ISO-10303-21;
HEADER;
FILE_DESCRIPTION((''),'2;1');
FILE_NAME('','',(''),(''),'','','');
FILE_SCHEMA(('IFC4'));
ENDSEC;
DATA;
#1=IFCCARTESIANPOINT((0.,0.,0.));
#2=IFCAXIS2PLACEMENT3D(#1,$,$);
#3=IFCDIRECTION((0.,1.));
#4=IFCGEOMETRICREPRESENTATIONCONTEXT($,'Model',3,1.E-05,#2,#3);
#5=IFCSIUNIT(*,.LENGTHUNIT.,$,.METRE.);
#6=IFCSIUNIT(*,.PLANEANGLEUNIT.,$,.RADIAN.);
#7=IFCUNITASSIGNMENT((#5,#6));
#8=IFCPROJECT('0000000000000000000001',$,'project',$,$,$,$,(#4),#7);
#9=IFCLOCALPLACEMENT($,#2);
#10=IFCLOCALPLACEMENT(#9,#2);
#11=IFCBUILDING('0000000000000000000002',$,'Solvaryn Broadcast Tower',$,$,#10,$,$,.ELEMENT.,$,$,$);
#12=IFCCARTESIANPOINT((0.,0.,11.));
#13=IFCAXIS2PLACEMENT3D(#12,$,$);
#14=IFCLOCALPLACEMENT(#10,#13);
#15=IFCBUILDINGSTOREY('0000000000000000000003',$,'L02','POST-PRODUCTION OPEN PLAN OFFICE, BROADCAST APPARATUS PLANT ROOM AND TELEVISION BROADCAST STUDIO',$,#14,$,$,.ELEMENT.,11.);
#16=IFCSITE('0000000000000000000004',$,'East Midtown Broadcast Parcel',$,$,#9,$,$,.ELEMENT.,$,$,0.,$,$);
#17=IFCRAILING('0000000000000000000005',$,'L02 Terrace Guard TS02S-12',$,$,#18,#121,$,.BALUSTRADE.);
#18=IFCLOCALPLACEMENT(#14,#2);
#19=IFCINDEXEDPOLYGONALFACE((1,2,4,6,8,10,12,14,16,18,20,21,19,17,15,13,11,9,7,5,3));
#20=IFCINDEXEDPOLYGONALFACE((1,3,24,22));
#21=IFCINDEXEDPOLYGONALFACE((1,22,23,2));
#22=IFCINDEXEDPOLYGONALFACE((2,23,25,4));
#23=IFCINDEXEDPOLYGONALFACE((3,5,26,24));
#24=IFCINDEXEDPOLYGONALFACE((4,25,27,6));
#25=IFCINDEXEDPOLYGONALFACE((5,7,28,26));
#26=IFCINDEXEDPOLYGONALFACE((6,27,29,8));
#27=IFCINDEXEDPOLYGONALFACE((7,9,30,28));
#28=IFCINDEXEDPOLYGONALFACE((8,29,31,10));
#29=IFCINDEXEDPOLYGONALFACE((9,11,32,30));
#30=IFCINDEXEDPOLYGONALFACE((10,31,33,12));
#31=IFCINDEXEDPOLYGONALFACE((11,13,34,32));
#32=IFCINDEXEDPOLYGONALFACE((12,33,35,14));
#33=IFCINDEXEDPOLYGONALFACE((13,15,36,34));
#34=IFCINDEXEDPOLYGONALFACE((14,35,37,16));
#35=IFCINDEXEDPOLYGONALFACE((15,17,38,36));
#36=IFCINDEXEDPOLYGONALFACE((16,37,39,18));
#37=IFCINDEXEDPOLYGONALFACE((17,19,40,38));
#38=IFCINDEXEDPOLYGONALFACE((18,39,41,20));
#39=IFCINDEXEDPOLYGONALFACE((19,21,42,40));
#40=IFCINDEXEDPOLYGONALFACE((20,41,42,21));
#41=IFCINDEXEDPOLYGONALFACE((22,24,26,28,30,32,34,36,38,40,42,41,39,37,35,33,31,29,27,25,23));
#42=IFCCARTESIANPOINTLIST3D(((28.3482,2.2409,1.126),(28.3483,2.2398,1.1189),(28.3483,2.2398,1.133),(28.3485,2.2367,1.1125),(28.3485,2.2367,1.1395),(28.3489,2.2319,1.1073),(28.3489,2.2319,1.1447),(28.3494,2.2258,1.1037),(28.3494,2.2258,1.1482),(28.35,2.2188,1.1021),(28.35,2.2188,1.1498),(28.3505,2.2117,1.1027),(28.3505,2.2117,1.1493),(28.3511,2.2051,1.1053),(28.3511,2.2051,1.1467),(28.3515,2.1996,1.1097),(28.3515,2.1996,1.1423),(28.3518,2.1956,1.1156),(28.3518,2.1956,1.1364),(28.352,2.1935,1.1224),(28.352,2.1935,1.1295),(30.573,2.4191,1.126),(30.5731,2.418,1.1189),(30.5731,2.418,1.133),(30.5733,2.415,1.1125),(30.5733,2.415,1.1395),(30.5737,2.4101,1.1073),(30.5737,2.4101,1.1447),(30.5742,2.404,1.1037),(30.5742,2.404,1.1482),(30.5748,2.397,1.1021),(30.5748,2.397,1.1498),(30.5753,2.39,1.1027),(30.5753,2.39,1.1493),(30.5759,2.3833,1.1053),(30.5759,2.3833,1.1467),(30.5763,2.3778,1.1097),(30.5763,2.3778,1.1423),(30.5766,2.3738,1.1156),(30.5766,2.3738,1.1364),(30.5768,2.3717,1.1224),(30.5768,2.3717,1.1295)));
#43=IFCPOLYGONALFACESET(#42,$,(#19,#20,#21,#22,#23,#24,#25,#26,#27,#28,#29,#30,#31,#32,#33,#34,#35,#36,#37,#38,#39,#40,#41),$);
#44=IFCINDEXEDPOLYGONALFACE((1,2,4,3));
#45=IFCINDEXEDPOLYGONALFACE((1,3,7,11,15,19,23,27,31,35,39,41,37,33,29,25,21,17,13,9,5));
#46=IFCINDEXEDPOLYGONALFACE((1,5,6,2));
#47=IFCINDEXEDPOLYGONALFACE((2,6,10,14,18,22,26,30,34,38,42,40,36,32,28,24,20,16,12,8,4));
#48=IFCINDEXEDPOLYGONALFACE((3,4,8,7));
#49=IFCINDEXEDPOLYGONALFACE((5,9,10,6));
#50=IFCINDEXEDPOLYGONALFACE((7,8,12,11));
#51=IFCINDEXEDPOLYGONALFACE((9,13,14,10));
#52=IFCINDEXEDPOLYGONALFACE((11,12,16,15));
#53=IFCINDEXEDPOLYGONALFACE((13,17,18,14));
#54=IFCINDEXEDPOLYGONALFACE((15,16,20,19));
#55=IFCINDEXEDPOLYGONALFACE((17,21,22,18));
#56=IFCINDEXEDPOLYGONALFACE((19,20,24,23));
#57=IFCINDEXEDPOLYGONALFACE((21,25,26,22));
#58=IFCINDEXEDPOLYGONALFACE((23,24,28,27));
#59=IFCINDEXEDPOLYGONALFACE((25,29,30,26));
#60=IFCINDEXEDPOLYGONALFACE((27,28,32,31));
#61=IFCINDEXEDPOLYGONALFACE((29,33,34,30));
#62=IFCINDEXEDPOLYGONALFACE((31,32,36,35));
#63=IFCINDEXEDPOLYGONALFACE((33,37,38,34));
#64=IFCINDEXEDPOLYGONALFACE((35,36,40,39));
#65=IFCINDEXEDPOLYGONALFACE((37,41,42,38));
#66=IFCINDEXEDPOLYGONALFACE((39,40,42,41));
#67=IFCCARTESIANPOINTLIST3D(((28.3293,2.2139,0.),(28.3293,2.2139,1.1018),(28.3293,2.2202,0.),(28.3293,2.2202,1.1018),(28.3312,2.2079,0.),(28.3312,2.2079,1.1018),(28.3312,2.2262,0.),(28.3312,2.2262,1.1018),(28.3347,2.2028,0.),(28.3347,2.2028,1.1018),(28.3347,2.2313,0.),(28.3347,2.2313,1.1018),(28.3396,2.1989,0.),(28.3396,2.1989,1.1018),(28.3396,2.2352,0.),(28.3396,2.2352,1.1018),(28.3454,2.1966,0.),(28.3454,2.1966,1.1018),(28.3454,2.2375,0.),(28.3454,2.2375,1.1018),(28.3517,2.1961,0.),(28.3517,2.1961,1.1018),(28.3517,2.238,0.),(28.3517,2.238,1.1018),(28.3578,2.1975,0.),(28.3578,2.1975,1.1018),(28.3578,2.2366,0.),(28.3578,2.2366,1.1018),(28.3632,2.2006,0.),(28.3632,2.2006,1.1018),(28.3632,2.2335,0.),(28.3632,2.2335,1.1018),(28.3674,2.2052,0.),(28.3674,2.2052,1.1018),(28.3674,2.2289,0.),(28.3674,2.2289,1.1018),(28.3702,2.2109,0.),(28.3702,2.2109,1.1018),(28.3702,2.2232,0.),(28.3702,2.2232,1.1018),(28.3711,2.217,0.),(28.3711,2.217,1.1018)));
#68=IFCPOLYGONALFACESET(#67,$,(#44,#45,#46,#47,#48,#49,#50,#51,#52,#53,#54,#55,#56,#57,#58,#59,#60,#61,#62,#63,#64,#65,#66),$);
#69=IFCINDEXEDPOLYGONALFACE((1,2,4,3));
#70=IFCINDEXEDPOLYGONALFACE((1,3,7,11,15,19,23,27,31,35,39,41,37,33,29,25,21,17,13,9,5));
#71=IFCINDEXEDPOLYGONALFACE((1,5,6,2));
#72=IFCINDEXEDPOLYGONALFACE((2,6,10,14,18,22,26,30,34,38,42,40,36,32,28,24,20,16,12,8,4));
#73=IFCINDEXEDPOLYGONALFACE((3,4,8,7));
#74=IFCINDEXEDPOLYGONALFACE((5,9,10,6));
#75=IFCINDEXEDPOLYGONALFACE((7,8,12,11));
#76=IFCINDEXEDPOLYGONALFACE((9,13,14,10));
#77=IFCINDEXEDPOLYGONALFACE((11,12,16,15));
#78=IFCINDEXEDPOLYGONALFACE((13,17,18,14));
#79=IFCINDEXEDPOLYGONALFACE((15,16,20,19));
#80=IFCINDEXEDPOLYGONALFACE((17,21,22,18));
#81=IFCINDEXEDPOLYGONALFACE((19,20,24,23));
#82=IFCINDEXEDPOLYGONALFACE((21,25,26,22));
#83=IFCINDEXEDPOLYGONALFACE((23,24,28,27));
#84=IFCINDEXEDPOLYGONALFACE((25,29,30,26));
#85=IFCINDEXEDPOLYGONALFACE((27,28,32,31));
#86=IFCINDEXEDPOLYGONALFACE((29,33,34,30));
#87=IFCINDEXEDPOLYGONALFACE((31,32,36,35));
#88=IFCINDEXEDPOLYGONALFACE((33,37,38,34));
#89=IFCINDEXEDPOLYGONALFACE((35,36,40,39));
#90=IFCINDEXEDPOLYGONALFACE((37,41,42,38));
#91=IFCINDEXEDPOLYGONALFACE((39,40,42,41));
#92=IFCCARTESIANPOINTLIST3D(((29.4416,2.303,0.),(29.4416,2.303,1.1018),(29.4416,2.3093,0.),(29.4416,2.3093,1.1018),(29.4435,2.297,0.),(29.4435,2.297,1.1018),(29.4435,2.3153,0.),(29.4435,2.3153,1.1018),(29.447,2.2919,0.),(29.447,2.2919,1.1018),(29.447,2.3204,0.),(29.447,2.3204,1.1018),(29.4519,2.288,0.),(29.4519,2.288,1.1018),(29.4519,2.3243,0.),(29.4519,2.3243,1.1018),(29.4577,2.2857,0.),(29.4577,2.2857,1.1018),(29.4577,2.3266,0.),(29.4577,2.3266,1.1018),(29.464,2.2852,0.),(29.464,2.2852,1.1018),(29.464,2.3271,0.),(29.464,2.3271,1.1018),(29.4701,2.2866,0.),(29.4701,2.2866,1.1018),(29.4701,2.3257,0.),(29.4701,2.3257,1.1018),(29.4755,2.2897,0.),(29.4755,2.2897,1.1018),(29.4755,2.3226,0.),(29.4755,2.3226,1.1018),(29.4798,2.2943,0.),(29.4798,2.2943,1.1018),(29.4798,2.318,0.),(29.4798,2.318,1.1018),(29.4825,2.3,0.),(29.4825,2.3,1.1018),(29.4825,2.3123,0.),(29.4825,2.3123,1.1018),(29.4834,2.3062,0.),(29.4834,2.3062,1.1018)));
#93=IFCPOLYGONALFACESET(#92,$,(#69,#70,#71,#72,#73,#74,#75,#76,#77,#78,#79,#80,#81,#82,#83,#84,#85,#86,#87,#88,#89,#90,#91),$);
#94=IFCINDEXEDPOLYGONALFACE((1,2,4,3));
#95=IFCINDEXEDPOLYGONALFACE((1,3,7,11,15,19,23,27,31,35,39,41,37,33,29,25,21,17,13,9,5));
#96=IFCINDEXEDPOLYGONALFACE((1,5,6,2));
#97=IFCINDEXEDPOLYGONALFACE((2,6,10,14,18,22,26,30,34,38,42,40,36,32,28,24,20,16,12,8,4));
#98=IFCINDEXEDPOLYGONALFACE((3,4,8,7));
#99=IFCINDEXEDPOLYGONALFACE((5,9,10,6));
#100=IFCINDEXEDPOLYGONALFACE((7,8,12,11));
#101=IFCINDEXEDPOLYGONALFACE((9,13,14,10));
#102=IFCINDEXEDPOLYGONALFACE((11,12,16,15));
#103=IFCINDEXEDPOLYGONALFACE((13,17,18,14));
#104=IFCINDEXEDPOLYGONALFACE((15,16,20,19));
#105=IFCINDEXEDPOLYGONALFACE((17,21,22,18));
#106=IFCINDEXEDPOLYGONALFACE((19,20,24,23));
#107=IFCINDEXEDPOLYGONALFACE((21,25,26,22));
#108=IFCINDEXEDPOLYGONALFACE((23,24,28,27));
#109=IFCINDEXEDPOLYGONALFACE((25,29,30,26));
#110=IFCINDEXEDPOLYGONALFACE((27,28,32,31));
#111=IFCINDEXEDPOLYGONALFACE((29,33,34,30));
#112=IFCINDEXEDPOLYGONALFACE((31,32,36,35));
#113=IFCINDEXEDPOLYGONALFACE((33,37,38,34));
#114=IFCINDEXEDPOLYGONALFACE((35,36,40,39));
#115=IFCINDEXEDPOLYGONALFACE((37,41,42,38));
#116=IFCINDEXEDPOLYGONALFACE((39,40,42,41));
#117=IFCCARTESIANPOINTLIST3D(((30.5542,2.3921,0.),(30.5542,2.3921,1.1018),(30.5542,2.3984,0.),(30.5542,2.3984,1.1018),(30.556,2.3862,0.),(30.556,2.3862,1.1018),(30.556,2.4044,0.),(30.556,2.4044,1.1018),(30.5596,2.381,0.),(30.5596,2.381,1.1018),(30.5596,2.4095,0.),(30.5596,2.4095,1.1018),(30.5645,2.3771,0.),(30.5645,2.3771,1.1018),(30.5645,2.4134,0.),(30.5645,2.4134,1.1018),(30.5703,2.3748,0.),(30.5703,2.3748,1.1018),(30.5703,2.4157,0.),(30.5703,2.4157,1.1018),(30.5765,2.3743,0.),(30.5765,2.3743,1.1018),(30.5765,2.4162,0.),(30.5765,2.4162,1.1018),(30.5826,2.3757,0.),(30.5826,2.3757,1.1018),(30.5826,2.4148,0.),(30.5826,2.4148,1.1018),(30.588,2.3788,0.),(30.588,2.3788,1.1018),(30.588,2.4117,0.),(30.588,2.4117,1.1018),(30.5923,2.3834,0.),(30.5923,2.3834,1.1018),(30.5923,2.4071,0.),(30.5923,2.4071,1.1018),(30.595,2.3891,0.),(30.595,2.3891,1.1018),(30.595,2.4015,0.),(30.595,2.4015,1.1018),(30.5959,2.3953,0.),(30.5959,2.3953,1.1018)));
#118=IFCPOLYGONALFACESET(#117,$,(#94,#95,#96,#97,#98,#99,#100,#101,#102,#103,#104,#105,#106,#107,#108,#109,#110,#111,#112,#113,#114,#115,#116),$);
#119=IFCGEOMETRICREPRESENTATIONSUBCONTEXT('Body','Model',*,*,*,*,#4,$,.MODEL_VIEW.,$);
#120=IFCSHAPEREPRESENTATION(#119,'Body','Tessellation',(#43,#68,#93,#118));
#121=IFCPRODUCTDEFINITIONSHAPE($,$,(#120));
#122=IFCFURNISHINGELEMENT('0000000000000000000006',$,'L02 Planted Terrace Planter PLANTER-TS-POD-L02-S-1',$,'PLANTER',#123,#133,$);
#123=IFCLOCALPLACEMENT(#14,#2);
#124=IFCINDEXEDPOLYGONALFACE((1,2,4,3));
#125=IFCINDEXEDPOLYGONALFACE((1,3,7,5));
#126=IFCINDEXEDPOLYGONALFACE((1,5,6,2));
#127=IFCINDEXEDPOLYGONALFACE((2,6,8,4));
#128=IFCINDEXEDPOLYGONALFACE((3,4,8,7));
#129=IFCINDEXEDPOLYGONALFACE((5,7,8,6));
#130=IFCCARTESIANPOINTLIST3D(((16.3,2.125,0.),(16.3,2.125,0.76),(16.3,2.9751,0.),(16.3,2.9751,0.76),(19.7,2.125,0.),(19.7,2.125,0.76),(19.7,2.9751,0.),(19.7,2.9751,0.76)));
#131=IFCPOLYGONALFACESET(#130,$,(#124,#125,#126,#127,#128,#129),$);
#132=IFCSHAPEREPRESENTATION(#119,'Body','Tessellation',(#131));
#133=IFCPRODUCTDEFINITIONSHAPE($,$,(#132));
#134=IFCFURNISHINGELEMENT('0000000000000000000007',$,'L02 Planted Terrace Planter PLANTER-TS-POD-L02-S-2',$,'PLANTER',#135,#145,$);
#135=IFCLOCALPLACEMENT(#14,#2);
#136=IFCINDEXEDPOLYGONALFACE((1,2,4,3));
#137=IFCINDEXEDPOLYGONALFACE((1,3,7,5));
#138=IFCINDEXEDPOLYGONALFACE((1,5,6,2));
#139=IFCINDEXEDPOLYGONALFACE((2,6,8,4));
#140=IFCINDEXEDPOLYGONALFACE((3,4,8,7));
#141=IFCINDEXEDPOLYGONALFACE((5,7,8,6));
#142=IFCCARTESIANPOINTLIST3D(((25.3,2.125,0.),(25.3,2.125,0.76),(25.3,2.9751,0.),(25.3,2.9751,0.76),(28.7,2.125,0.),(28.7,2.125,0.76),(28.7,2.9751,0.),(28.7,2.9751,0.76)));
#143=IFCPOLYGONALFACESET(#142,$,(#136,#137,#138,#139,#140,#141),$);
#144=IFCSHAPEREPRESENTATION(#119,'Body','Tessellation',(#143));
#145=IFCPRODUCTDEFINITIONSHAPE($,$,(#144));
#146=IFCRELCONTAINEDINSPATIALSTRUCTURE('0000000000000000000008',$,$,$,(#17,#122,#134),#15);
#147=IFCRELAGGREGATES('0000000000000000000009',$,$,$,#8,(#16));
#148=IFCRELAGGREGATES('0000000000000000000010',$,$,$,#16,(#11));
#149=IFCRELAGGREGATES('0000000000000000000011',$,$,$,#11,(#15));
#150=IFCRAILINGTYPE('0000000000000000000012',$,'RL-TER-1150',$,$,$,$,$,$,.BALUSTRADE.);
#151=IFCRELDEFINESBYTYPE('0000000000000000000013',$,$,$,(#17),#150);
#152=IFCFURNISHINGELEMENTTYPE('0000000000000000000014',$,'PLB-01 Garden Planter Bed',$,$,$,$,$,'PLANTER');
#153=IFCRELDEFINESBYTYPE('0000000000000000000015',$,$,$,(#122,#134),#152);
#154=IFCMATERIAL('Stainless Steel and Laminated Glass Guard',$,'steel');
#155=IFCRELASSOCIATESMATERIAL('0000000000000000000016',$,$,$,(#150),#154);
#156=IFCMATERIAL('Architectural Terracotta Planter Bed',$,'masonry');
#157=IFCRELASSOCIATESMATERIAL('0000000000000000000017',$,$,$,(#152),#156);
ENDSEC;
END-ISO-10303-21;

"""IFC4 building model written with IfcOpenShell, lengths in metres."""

from ifc_helpers import new_model, si_unit, direction, frame, origin, origin_2d, place, context, subcontext, project, spatial, rectangle, circle, extrude, material, type_object, element, save


model = new_model("IFC4")

# Units and contexts
model_context = context("Model", 3, precision=1e-05, world=origin(), true_north=direction((0.0, 1.0)))
body_context = subcontext(model_context, "Body", "Model", "MODEL_VIEW")
ifc_project = project(units=[si_unit("LENGTHUNIT", "METRE"), si_unit("PLANEANGLEUNIT", "RADIAN")], contexts=[model_context])

# Site, building, storey
site_placement = place(None, origin())
site = spatial("IfcSite", under=ifc_project, at=site_placement, Name="East Midtown Broadcast Parcel", CompositionType="ELEMENT", RefElevation=0.0)
building_placement = place(site_placement, origin())
building = spatial("IfcBuilding", under=site, at=building_placement, Name="Solvaryn Broadcast Tower", CompositionType="ELEMENT")
storey_placement = place(building_placement, frame((0.0, 0.0, 11.0)))
storey = spatial("IfcBuildingStorey", under=building, at=storey_placement, Name="L02", Description="POST-PRODUCTION OPEN PLAN OFFICE, BROADCAST APPARATUS PLANT ROOM AND TELEVISION BROADCAST STUDIO", CompositionType="ELEMENT", Elevation=11.0)

# Railing
ifc_material_1 = material(Name="Stainless Steel and Laminated Glass Guard", Category="steel")
railing_type = type_object("IfcRailingType", Name="RL-TER-1150", PredefinedType="BALUSTRADE", material=ifc_material_1)
railing_1_placement = place(storey_placement, frame((28.3501, 2.217, 0.0)))
element("IfcRailing", 1, at=railing_1_placement, inside=storey, type_object=railing_type, Name="L02 Terrace Guard TS02S-12", PredefinedType="BALUSTRADE", context=body_context, shape_type="SweptSolid", body=[
    extrude(circle(Radius=0.0239, at=origin_2d()), frame((0.0, 0.0, 1.126), z_axis=(0.996807, 0.07985, 0.0), x_axis=(-0.07985, 0.996807, 0.0)), (0.0, 0.0, 1.0), 2.2319),
    extrude(circle(Radius=0.021, at=origin_2d()), origin(), (0.0, 0.0, 1.0), 1.1018),
    extrude(circle(Radius=0.021, at=origin_2d()), frame((1.1123, 0.0891, 0.0)), (0.0, 0.0, 1.0), 1.1018),
    extrude(circle(Radius=0.021, at=origin_2d()), frame((2.2249, 0.1782, 0.0)), (0.0, 0.0, 1.0), 1.1018),
])

# Furnishing elements
ifc_material_2 = material(Name="Architectural Terracotta Planter Bed", Category="masonry")
furnishing_element_type = type_object("IfcFurnishingElementType", Name="PLB-01 Garden Planter Bed", ElementType="PLANTER", material=ifc_material_2)
for number, where, z_axis, x_axis, name in (
    (2, (18.0, 2.55, 0.0), (0.0, 0.0, 1.0), (1.0, 0.0, 0.0), "L02 Planted Terrace Planter PLANTER-TS-POD-L02-S-1"),
    (3, (27.0, 2.55, 0.0), (0.0, 0.0, 1.0), (1.0, 0.0, 0.0), "L02 Planted Terrace Planter PLANTER-TS-POD-L02-S-2"),
):
    element("IfcFurnishingElement", number, at=place(storey_placement, frame(where, z_axis=z_axis, x_axis=x_axis)), inside=storey, type_object=furnishing_element_type, Name=name, ObjectType="PLANTER", context=body_context, shape_type="SweptSolid", body=[
        extrude(rectangle(XDim=3.3999, YDim=0.8501, at=origin_2d()), origin(), (0.0, 0.0, 1.0), 0.76),
    ])

save(model, "model.ifc")
